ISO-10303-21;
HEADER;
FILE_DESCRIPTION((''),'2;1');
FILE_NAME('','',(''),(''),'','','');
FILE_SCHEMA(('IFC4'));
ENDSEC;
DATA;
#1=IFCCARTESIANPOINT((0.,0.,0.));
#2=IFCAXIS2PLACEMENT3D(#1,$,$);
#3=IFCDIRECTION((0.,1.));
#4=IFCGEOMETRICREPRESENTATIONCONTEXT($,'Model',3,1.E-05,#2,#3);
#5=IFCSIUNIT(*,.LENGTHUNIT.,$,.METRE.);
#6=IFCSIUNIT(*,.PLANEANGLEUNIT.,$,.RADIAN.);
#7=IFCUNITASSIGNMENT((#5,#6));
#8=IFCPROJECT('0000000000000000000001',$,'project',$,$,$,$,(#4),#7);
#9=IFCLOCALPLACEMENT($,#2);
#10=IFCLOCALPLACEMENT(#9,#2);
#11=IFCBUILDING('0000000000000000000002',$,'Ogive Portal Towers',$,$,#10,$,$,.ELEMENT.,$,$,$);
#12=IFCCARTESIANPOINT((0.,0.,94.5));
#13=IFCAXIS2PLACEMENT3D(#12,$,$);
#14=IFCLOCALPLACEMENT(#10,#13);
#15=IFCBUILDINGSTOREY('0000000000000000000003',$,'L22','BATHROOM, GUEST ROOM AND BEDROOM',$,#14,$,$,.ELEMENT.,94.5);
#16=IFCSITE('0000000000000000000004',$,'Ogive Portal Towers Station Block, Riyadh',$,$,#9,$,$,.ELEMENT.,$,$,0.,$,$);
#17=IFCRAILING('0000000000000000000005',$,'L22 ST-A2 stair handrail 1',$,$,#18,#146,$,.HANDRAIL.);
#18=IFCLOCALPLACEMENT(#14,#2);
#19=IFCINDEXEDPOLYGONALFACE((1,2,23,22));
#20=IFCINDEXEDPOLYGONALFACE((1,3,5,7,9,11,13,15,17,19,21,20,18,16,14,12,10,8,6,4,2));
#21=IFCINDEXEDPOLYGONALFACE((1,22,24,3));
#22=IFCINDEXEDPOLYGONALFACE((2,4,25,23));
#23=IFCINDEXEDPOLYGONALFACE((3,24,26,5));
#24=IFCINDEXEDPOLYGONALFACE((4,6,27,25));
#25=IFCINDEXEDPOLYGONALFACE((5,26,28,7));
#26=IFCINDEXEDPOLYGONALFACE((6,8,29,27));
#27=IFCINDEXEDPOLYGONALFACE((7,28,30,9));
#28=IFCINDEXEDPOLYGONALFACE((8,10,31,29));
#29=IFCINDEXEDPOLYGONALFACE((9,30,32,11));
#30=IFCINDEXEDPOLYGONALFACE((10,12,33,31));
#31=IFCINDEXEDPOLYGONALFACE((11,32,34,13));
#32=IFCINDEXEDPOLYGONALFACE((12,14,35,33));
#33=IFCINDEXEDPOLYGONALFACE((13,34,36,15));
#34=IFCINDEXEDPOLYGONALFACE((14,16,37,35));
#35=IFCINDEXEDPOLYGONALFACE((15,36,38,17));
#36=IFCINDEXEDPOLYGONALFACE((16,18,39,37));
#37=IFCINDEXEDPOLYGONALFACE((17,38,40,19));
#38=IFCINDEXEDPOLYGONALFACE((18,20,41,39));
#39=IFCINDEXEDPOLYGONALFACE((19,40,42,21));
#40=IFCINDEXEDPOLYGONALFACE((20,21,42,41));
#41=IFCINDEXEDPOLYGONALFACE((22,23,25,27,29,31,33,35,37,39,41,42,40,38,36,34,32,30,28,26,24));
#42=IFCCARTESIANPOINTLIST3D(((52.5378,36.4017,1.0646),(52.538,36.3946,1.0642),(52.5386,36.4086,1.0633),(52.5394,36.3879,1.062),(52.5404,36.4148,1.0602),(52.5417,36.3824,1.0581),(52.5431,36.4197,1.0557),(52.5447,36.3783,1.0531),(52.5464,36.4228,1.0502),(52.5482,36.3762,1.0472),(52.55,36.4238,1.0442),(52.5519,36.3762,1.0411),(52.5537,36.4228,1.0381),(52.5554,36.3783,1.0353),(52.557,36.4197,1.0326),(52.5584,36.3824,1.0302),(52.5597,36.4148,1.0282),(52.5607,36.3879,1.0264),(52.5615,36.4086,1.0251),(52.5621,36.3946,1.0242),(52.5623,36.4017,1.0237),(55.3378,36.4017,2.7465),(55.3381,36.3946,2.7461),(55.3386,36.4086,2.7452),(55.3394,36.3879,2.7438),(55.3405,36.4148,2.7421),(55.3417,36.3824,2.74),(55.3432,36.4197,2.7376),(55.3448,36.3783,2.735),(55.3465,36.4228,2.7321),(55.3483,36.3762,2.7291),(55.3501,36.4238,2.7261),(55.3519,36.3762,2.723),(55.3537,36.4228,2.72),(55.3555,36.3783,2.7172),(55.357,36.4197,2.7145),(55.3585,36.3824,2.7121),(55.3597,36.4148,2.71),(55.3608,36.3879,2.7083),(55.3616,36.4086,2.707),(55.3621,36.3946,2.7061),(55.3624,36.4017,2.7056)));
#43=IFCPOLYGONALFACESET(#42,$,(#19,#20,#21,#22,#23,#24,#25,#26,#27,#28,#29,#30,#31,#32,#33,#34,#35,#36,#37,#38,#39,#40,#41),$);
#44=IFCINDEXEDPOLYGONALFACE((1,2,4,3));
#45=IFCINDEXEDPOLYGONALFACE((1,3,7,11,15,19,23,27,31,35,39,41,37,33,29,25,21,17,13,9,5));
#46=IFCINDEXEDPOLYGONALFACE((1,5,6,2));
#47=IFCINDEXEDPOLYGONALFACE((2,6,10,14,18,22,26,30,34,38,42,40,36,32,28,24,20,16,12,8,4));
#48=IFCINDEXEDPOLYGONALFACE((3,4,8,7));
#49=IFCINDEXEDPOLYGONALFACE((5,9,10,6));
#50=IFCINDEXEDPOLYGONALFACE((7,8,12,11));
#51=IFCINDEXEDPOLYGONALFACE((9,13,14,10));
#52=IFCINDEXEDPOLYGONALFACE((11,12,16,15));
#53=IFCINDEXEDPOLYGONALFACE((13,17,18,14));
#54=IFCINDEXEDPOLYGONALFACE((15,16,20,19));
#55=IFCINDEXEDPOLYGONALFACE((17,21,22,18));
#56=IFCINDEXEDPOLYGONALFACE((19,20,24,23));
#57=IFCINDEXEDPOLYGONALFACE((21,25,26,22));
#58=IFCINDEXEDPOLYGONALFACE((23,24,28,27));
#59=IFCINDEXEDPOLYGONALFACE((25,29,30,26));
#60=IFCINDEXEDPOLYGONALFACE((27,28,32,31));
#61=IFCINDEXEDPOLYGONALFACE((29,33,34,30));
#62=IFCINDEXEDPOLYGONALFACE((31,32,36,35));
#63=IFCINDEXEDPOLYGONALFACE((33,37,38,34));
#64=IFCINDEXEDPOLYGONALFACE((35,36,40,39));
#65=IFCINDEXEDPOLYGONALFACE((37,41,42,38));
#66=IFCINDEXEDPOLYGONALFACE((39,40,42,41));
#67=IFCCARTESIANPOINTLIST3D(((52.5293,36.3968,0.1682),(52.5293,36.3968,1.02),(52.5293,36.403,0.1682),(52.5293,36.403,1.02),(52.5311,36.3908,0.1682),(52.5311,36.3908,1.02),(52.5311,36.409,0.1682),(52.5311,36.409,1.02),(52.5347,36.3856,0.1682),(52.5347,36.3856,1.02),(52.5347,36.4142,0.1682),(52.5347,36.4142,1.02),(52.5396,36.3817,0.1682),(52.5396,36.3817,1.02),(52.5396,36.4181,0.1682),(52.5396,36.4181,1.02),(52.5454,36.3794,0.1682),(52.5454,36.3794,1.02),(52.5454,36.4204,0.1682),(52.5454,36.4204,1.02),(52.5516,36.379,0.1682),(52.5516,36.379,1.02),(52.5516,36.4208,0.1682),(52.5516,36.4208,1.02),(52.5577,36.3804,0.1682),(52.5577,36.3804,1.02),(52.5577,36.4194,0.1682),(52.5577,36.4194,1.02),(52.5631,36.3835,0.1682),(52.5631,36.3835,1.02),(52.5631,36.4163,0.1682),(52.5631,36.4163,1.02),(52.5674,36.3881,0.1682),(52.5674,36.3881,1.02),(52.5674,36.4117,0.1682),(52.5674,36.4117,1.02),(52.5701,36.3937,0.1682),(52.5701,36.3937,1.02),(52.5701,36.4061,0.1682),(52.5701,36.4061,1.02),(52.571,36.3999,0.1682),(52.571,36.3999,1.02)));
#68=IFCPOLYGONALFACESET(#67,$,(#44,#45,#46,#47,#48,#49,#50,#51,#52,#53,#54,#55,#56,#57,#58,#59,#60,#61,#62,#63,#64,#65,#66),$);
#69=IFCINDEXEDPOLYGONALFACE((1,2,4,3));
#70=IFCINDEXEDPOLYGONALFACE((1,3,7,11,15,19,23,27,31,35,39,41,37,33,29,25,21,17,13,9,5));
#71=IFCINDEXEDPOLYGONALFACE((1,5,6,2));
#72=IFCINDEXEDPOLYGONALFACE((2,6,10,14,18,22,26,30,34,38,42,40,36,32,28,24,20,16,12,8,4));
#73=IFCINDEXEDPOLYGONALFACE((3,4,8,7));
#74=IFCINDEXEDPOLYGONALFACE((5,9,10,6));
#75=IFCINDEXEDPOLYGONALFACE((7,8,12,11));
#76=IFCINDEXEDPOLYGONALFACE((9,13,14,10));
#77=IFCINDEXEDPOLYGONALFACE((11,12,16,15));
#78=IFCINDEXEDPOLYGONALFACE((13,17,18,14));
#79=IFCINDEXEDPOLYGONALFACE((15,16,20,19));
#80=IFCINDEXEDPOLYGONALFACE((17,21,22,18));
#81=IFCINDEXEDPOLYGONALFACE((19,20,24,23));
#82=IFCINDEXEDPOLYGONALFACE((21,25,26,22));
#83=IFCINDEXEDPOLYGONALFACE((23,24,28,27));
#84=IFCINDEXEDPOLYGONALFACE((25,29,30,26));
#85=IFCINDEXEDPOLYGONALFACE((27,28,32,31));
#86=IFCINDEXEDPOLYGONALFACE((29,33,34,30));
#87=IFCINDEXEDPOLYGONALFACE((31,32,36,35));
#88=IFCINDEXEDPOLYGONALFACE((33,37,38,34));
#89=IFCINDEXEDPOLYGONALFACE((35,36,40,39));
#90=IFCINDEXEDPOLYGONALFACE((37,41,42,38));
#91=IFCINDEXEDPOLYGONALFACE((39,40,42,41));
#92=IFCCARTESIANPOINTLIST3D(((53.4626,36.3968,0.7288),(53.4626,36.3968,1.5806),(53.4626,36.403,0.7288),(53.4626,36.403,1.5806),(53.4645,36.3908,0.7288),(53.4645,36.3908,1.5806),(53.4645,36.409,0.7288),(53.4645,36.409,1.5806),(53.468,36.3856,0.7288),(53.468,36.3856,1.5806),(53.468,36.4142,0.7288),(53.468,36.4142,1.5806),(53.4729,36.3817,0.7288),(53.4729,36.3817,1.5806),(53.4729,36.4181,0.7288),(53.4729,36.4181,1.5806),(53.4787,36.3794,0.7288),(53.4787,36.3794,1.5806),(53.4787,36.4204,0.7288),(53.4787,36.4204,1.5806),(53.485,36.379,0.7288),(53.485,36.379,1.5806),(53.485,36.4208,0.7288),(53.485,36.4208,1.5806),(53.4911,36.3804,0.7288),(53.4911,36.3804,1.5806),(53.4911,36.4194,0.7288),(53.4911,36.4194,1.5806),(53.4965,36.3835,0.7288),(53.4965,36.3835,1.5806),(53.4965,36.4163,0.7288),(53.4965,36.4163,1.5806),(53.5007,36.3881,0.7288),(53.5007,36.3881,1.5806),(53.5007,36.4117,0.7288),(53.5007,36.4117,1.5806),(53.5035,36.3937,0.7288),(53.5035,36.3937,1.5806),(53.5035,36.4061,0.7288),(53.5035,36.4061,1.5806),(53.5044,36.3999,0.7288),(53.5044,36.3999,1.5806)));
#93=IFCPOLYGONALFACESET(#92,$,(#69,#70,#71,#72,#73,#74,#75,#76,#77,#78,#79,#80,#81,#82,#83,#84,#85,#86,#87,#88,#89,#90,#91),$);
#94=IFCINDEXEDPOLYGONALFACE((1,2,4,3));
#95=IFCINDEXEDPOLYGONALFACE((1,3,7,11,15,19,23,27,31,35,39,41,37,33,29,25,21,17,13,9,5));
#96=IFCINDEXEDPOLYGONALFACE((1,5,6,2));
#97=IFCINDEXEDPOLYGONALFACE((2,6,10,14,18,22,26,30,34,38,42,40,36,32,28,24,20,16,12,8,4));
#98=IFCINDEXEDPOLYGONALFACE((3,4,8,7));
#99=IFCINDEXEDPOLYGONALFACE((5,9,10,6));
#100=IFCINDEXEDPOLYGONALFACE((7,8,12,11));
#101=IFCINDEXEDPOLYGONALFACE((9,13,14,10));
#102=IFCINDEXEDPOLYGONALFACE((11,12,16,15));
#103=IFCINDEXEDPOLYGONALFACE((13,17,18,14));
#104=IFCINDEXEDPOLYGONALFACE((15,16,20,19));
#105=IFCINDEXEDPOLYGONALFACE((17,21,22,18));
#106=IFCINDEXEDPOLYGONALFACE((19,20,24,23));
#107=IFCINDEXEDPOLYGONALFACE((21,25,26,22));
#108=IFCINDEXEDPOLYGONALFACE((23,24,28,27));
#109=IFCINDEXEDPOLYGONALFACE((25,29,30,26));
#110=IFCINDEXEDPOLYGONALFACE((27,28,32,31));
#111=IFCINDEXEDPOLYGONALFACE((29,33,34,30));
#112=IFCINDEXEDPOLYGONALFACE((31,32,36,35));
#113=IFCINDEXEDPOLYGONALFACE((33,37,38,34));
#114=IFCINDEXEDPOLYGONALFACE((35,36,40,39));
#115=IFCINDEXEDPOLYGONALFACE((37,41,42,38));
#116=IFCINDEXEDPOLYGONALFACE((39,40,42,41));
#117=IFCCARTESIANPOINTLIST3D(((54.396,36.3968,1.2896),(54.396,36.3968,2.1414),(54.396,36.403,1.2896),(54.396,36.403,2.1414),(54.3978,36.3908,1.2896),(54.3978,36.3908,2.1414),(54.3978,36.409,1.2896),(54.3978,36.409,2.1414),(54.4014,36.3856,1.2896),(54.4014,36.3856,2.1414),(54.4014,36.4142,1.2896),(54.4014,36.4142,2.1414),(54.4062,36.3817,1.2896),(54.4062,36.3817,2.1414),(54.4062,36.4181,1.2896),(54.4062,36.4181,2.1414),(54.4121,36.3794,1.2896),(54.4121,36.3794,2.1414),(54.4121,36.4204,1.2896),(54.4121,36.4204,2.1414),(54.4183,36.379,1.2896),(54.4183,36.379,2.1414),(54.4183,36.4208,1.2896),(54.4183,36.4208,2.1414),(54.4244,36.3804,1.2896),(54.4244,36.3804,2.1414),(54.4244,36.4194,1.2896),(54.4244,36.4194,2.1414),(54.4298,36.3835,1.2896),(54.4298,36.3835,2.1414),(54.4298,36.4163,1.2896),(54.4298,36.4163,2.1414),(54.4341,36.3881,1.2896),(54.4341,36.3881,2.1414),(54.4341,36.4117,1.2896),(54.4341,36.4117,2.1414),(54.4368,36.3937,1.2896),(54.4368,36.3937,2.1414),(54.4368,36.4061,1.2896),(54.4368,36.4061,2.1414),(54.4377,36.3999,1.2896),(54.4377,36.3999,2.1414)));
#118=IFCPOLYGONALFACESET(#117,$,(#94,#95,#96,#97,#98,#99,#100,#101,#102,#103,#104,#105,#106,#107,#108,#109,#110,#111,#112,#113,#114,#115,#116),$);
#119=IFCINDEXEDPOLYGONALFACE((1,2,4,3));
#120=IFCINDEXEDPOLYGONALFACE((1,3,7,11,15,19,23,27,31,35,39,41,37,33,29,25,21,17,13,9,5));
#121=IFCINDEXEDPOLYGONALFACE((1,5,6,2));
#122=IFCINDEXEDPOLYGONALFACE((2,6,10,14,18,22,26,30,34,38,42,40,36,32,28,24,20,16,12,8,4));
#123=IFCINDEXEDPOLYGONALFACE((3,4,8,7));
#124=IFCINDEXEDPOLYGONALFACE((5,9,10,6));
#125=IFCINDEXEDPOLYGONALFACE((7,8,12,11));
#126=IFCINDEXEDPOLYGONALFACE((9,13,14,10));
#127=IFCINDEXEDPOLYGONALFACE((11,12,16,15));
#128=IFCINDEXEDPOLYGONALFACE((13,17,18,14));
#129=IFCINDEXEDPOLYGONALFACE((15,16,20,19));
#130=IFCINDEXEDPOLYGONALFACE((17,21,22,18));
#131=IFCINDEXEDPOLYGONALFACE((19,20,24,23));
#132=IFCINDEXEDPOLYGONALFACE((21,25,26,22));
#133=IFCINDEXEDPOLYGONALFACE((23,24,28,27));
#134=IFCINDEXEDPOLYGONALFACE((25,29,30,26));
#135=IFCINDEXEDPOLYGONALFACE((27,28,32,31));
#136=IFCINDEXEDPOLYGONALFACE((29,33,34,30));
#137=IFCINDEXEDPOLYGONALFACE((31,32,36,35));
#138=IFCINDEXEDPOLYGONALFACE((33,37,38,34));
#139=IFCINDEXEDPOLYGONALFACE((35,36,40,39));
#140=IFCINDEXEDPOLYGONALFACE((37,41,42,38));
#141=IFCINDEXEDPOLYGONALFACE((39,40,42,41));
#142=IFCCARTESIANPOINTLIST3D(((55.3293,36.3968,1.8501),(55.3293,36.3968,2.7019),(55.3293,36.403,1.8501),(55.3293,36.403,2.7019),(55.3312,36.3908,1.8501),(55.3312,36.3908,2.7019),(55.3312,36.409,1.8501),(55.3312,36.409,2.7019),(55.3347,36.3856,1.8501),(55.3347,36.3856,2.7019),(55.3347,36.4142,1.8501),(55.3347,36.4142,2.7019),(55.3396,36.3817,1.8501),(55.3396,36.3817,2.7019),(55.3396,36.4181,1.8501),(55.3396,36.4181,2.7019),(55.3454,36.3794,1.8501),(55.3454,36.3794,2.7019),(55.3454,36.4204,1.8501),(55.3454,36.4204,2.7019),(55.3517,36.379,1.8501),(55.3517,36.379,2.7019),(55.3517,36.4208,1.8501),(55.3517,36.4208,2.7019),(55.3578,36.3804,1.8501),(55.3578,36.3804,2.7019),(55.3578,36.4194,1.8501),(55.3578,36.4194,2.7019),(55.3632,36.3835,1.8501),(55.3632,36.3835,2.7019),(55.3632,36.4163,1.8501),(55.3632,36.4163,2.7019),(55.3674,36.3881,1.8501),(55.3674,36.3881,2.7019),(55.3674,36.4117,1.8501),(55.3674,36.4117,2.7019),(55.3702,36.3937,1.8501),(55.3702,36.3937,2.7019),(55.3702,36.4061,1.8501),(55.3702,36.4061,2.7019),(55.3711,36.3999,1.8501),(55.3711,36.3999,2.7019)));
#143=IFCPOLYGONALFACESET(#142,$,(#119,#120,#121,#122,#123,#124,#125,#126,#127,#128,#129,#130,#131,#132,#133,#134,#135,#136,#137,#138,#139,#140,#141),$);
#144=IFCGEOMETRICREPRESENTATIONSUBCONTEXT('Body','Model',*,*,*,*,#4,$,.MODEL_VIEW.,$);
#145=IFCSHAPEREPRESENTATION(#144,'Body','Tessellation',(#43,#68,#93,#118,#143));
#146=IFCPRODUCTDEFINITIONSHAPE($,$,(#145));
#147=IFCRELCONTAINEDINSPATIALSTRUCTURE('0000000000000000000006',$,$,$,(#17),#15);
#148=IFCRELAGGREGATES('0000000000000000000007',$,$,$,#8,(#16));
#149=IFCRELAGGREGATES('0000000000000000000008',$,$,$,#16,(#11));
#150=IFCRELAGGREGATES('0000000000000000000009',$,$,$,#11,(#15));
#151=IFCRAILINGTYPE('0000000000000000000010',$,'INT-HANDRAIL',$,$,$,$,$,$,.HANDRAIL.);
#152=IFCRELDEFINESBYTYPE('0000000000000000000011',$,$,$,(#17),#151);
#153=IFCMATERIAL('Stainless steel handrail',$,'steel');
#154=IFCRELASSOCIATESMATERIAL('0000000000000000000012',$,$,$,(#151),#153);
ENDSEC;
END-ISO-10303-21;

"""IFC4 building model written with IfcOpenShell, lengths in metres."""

from ifc_helpers import new_model, si_unit, direction, frame, origin, origin_2d, place, context, subcontext, project, spatial, circle, extrude, material, type_object, element, save


model = new_model("IFC4")

# Units and contexts
model_context = context("Model", 3, precision=1e-05, world=origin(), true_north=direction((0.0, 1.0)))
body_context = subcontext(model_context, "Body", "Model", "MODEL_VIEW")
ifc_project = project(units=[si_unit("LENGTHUNIT", "METRE"), si_unit("PLANEANGLEUNIT", "RADIAN")], contexts=[model_context])

# Site, building, storey
site_placement = place(None, origin())
site = spatial("IfcSite", under=ifc_project, at=site_placement, Name="Ogive Portal Towers Station Block, Riyadh", CompositionType="ELEMENT", RefElevation=0.0)
building_placement = place(site_placement, origin())
building = spatial("IfcBuilding", under=site, at=building_placement, Name="Ogive Portal Towers", CompositionType="ELEMENT")
storey_placement = place(building_placement, frame((0.0, 0.0, 94.5)))
storey = spatial("IfcBuildingStorey", under=building, at=storey_placement, Name="L22", Description="BATHROOM, GUEST ROOM AND BEDROOM", CompositionType="ELEMENT", Elevation=94.5)

# Railing
ifc_material_1 = material(Name="Stainless steel handrail", Category="steel")
railing_type_1 = type_object("IfcRailingType", Name="INT-HANDRAIL", PredefinedType="HANDRAIL", material=ifc_material_1)
railing_1_placement = place(storey_placement, frame((52.55, 36.3999, 0.1682)))
element("IfcRailing", 1, at=railing_1_placement, inside=storey, type_object=railing_type_1, Name="L22 ST-A2 stair handrail 1", PredefinedType="HANDRAIL", context=body_context, shape_type="SweptSolid", body=[
    extrude(circle(Radius=0.0239, at=origin_2d()), frame((0.0, 0.0, 0.876), z_axis=(0.857242, 0.0, 0.514913), x_axis=(0.0, 1.0, 0.0)), (0.0, 0.0, 1.0), 3.2664),
    extrude(circle(Radius=0.021, at=origin_2d()), origin(), (0.0, 0.0, 1.0), 0.8518),
    extrude(circle(Radius=0.021, at=origin_2d()), frame((0.9333, 0.0, 0.5605)), (0.0, 0.0, 1.0), 0.8518),
    extrude(circle(Radius=0.021, at=origin_2d()), frame((1.8667, 0.0, 1.1213)), (0.0, 0.0, 1.0), 0.8518),
    extrude(circle(Radius=0.021, at=origin_2d()), frame((2.8, 0.0, 1.6819)), (0.0, 0.0, 1.0), 0.8518),
])

save(model, "model.ifc")
